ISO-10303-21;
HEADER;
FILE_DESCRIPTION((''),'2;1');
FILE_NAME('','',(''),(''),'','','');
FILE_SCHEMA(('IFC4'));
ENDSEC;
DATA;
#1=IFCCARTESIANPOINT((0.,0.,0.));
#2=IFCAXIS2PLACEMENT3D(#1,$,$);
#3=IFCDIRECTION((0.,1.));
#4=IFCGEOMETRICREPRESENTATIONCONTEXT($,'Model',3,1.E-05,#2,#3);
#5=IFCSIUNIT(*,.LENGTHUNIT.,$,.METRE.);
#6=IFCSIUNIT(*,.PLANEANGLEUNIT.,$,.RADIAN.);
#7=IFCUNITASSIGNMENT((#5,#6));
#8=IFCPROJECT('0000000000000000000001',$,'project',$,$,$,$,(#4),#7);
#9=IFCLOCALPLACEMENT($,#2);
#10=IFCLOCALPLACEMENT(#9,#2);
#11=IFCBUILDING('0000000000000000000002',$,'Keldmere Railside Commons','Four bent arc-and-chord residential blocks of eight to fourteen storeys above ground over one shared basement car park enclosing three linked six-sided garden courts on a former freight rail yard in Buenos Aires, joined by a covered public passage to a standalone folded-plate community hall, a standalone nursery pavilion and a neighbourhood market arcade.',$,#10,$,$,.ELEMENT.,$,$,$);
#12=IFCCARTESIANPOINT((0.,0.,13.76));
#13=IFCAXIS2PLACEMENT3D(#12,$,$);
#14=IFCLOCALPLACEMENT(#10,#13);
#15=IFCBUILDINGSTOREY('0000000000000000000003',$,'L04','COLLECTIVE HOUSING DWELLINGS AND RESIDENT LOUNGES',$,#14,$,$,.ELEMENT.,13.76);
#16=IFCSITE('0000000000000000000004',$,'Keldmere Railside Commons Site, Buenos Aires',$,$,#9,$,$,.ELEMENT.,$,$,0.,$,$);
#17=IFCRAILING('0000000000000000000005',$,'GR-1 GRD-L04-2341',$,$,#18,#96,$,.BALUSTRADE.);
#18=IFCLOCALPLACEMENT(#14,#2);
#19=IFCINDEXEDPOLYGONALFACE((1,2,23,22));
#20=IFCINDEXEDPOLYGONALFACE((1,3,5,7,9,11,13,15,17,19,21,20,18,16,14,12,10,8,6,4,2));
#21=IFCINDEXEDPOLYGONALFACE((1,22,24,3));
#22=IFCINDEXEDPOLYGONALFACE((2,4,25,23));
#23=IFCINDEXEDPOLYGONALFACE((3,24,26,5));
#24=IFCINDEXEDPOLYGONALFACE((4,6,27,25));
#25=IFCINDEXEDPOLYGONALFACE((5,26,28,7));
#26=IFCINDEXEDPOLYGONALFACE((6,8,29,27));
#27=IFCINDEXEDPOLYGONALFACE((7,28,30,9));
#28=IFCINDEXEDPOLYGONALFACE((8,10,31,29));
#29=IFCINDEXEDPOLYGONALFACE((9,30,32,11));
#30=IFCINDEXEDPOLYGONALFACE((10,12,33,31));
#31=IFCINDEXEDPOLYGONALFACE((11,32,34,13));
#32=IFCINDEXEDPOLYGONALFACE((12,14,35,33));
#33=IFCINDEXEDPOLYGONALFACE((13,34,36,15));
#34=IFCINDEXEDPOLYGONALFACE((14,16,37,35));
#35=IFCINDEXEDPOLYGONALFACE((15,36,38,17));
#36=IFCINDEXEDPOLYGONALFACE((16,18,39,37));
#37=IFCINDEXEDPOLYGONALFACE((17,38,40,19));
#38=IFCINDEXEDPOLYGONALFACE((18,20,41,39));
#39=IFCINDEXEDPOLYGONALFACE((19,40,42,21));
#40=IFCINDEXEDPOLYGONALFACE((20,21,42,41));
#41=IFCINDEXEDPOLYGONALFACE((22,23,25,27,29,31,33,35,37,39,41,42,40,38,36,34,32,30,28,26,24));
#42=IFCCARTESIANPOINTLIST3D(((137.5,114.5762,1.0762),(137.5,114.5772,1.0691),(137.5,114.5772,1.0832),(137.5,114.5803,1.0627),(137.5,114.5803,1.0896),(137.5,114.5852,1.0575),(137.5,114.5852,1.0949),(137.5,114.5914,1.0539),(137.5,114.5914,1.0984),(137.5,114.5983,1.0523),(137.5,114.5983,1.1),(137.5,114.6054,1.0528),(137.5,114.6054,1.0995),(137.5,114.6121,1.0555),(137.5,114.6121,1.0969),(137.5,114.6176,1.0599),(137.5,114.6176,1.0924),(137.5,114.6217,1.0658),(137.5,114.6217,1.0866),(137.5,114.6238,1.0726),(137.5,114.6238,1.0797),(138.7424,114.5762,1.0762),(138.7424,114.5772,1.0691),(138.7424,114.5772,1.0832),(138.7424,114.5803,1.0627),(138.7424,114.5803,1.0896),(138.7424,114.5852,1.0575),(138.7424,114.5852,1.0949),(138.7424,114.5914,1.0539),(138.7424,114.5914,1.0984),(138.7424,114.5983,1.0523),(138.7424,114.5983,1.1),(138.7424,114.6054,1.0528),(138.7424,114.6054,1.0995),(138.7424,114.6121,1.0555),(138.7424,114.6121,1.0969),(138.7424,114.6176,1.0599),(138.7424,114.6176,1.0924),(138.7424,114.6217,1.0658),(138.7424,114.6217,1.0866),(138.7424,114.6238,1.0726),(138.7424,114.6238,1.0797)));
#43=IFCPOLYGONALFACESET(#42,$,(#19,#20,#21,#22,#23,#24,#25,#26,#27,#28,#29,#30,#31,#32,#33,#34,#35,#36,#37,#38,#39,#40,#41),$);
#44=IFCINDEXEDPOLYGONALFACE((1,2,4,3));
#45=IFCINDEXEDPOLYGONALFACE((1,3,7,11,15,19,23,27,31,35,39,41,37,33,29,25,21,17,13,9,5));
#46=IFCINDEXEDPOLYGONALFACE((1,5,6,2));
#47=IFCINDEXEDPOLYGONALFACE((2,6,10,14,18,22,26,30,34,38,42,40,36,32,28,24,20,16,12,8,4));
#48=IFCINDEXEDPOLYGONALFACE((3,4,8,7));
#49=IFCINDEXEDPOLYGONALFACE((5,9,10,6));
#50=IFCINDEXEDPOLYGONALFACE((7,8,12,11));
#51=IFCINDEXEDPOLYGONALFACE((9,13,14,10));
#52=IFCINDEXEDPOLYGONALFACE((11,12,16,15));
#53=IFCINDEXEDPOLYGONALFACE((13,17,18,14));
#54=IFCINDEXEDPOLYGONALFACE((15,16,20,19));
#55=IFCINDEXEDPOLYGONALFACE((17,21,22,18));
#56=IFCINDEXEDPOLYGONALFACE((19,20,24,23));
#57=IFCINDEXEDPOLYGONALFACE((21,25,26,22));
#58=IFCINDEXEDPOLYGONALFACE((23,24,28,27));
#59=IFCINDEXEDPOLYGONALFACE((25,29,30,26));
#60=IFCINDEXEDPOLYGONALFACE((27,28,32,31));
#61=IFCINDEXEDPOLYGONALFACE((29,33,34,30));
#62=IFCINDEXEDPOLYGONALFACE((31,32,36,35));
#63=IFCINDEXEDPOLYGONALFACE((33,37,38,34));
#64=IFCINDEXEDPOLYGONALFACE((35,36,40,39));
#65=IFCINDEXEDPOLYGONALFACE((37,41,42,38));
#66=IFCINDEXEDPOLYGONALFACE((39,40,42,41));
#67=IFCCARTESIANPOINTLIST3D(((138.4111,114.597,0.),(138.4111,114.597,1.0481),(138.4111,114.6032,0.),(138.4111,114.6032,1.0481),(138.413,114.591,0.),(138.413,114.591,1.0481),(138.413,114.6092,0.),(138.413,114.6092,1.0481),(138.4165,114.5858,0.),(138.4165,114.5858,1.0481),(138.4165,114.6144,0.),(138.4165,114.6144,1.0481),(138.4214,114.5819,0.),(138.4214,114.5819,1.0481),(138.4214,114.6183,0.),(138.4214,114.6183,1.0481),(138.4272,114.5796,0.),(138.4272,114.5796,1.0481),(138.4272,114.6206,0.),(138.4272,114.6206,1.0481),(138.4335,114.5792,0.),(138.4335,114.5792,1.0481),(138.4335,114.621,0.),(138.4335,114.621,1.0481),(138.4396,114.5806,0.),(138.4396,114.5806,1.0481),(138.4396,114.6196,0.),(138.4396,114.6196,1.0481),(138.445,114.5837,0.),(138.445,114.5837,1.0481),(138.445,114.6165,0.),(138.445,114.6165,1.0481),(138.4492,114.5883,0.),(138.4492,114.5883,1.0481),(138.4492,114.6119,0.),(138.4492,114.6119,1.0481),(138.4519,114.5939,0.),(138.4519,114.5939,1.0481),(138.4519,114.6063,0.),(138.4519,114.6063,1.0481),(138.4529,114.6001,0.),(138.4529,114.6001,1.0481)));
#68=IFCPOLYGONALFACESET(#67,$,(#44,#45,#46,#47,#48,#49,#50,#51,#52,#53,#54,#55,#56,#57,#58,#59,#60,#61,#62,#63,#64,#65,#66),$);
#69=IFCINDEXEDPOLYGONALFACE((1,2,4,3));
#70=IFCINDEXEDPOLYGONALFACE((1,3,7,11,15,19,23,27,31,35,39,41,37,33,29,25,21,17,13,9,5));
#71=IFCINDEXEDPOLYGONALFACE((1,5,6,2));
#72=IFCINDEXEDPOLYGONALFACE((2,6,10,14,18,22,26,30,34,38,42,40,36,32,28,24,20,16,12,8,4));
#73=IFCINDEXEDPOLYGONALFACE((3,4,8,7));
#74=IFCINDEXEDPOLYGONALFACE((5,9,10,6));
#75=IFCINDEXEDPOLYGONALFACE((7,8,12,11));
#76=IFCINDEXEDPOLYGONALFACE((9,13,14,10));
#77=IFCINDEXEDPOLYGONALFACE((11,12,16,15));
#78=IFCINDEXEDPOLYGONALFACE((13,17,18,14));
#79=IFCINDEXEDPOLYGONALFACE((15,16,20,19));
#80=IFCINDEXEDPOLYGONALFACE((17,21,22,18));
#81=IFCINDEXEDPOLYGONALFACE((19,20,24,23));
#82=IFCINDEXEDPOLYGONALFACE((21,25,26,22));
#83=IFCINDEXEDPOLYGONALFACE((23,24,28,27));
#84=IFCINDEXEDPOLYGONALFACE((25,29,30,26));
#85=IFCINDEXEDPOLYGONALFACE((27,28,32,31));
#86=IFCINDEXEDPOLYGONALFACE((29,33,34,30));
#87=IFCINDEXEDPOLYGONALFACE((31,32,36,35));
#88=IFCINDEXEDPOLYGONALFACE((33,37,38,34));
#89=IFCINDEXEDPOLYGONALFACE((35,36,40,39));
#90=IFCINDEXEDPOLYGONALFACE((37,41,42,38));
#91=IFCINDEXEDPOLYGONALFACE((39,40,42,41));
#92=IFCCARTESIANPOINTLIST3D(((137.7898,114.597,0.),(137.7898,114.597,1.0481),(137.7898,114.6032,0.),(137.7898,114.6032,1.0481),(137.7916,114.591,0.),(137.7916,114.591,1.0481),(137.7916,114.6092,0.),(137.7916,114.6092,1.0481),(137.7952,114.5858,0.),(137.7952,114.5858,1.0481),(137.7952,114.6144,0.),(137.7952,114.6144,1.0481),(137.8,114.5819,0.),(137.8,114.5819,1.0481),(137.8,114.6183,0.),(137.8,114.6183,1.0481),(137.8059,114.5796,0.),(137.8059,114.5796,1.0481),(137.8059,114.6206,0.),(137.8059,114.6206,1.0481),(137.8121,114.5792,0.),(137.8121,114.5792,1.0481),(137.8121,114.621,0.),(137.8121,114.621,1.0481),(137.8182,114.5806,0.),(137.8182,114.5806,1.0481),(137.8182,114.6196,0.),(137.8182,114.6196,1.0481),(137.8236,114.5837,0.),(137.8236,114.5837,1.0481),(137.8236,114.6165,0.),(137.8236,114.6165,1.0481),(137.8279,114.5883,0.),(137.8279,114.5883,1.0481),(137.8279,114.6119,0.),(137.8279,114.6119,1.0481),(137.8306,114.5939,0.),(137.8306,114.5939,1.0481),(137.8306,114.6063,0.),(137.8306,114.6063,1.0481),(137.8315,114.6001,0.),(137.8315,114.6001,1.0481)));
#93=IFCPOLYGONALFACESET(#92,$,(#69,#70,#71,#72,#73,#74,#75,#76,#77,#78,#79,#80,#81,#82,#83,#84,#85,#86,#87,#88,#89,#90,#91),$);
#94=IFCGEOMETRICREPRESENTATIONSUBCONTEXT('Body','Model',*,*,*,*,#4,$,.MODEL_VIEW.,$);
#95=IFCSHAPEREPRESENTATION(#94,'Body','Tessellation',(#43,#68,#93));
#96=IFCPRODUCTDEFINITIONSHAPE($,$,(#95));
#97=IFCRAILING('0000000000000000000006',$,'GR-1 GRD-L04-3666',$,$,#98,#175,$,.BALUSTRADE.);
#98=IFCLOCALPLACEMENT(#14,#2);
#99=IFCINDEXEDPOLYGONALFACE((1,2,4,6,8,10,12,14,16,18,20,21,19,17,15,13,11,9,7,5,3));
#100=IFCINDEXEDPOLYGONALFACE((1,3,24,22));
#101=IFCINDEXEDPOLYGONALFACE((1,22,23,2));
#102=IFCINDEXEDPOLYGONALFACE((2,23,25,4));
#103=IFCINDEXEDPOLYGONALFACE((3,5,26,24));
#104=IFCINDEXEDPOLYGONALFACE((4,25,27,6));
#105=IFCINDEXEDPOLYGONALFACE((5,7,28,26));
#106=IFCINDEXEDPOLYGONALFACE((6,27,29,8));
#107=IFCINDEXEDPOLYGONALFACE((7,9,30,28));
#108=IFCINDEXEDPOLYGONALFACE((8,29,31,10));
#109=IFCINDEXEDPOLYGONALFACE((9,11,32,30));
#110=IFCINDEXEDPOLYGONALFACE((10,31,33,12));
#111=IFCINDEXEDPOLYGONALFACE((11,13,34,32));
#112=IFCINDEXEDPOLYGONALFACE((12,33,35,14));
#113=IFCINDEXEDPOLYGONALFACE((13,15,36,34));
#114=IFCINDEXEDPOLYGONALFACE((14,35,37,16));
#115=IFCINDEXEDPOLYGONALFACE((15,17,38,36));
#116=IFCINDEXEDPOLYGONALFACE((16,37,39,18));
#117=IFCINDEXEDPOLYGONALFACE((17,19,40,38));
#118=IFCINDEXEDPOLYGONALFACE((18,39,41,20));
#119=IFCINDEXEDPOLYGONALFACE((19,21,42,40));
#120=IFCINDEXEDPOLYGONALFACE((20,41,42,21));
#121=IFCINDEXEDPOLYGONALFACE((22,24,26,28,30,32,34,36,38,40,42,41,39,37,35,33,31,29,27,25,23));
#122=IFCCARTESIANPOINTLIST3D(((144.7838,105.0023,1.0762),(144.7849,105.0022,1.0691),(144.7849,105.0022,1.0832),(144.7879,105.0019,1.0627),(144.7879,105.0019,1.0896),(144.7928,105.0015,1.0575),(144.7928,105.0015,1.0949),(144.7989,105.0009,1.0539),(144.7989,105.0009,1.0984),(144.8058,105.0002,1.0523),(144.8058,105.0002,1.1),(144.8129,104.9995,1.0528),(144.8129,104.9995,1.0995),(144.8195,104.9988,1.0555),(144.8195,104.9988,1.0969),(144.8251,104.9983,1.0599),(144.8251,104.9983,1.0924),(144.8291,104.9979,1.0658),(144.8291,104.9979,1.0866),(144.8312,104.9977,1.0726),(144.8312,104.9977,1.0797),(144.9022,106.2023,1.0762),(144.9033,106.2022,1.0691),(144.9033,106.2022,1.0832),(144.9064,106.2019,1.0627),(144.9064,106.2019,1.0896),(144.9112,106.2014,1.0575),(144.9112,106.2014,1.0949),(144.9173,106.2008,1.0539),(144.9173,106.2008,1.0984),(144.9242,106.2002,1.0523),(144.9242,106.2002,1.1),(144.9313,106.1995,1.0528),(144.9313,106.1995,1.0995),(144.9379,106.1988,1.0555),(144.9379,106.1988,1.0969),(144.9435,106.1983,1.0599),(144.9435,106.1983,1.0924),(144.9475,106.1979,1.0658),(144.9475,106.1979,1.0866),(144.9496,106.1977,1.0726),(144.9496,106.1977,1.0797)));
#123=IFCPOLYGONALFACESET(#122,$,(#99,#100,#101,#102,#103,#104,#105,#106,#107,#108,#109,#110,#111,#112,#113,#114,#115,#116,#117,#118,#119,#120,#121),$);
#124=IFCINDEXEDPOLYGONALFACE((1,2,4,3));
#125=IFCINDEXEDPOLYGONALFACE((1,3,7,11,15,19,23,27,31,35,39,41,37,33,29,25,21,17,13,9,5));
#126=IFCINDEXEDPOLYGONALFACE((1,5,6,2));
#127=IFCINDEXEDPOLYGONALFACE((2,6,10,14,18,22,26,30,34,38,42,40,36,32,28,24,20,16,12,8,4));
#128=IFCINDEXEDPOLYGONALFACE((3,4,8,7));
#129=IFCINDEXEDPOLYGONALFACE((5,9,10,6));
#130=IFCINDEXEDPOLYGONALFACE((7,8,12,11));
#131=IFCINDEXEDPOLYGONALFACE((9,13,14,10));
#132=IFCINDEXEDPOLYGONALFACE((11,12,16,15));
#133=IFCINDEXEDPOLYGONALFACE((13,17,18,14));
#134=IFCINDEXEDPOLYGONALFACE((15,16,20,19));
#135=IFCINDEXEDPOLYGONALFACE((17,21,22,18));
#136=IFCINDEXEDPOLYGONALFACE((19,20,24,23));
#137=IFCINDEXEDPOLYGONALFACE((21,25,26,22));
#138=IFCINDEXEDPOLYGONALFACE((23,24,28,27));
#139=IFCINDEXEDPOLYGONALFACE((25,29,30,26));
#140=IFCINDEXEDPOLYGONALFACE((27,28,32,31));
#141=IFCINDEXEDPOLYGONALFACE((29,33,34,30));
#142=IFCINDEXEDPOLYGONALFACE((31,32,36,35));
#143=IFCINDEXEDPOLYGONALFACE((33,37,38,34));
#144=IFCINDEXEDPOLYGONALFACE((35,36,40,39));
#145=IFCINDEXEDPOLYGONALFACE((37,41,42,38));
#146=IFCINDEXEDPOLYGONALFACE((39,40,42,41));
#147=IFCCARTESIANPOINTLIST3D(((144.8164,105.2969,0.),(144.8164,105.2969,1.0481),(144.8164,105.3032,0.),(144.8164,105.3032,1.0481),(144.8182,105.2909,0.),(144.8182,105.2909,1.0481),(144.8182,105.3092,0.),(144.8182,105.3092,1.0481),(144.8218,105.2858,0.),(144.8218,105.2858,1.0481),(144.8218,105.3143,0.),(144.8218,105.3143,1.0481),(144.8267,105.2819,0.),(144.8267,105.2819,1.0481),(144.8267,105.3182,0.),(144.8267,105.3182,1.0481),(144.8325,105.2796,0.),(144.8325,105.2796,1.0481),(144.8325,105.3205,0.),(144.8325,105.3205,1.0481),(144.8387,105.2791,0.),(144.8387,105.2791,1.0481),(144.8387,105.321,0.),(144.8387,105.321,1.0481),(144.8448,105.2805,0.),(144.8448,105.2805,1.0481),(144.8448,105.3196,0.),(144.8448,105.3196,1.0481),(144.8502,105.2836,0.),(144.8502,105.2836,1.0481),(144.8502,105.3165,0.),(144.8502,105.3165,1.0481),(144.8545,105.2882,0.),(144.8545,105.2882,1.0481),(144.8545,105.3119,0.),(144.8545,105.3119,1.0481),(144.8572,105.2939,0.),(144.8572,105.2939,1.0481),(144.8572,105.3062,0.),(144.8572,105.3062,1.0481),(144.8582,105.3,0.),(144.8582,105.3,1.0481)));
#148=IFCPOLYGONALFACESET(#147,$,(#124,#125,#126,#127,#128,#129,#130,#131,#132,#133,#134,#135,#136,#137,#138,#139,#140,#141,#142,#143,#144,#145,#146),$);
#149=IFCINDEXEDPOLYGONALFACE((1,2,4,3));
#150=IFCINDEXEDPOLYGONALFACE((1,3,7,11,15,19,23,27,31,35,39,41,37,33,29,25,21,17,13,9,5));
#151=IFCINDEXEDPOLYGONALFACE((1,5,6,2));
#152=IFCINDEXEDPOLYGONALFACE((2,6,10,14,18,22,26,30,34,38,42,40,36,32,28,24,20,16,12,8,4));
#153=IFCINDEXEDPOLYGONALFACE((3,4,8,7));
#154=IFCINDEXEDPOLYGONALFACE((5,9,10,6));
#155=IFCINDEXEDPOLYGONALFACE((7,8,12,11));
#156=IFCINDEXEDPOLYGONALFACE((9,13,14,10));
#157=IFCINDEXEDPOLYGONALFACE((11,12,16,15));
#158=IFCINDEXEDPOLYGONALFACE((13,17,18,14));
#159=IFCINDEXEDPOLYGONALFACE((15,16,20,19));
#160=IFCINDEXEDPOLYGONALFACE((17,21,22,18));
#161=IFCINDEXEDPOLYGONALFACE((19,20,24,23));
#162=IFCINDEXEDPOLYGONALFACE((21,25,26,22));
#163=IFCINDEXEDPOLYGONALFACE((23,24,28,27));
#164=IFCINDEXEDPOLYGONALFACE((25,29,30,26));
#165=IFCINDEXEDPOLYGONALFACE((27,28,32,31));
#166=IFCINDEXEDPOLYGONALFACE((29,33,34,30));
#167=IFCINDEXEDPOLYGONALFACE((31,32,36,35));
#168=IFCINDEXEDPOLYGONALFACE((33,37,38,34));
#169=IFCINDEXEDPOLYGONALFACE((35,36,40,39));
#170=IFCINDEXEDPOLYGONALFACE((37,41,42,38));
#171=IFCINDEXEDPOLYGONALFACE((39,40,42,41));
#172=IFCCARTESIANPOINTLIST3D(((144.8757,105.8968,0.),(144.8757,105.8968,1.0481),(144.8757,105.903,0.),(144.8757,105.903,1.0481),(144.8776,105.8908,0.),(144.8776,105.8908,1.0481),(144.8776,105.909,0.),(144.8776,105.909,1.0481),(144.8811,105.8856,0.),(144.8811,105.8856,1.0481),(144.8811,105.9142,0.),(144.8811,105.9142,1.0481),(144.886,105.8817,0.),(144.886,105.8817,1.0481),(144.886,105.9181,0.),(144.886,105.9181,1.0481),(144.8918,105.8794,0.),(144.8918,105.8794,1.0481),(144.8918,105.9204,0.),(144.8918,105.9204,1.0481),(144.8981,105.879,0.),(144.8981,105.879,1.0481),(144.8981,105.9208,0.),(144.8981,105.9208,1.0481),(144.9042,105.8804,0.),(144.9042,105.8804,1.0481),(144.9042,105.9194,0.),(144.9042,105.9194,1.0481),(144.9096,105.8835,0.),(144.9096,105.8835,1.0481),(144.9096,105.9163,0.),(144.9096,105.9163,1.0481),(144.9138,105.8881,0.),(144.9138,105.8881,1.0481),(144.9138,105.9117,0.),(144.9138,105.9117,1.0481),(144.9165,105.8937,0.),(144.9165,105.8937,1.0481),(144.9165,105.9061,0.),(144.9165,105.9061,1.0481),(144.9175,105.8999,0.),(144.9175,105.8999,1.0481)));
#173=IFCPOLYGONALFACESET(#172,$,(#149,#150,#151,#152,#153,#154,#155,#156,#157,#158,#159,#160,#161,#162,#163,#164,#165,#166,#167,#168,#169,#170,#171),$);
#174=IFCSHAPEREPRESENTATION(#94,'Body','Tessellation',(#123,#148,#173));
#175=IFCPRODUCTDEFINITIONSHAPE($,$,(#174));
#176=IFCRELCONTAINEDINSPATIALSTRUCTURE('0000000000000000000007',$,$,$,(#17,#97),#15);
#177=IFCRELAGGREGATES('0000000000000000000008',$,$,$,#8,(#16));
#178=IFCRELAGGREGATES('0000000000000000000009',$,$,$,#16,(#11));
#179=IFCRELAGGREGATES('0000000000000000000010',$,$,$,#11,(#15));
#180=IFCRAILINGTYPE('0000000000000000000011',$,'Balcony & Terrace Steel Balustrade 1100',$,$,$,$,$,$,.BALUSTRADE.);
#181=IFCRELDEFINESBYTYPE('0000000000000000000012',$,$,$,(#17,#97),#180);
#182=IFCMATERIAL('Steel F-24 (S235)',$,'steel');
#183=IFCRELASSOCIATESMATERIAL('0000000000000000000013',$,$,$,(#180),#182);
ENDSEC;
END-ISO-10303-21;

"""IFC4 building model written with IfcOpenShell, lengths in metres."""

from ifc_helpers import new_model, si_unit, direction, frame, origin, origin_2d, place, context, subcontext, project, spatial, circle, extrude, material, type_object, element, save


model = new_model("IFC4")

# Units and contexts
model_context = context("Model", 3, precision=1e-05, world=origin(), true_north=direction((0.0, 1.0)))
body_context = subcontext(model_context, "Body", "Model", "MODEL_VIEW")
ifc_project = project(units=[si_unit("LENGTHUNIT", "METRE"), si_unit("PLANEANGLEUNIT", "RADIAN")], contexts=[model_context])

# Site, building, storey
site_placement = place(None, origin())
site = spatial("IfcSite", under=ifc_project, at=site_placement, Name="Keldmere Railside Commons Site, Buenos Aires", CompositionType="ELEMENT", RefElevation=0.0)
building_placement = place(site_placement, origin())
building = spatial("IfcBuilding", under=site, at=building_placement, Name="Keldmere Railside Commons", Description="Four bent arc-and-chord residential blocks of eight to fourteen storeys above ground over one shared basement car park enclosing three linked six-sided garden courts on a former freight rail yard in Buenos Aires, joined by a covered public passage to a standalone folded-plate community hall, a standalone nursery pavilion and a neighbourhood market arcade.", CompositionType="ELEMENT")
storey_placement = place(building_placement, frame((0.0, 0.0, 13.76)))
storey = spatial("IfcBuildingStorey", under=building, at=storey_placement, Name="L04", Description="COLLECTIVE HOUSING DWELLINGS AND RESIDENT LOUNGES", CompositionType="ELEMENT", Elevation=13.76)

# Shared definitions
ifc_material_1 = material(Name="Steel F-24 (S235)", Category="steel")

# Railings
railing_type = type_object("IfcRailingType", Name="Balcony & Terrace Steel Balustrade 1100", PredefinedType="BALUSTRADE", material=ifc_material_1)
railing_1_placement = place(storey_placement, frame((138.7424, 114.6001, 0.0)))
element("IfcRailing", 1, at=railing_1_placement, inside=storey, type_object=railing_type, Name="GR-1 GRD-L04-2341", PredefinedType="BALUSTRADE", context=body_context, shape_type="SweptSolid", body=[
    extrude(circle(Radius=0.0239, at=origin_2d()), frame((0.0, 0.0, 1.0762), z_axis=(-1.0, 0.0, 0.0), x_axis=(0.0, -1.0, 0.0)), (0.0, 0.0, 1.0), 1.2424),
    extrude(circle(Radius=0.021, at=origin_2d()), frame((-0.3105, 0.0, 0.0)), (0.0, 0.0, 1.0), 1.0481),
    extrude(circle(Radius=0.021, at=origin_2d()), frame((-0.9319, 0.0, 0.0)), (0.0, 0.0, 1.0), 1.0481),
])
railing_2_placement = place(storey_placement, frame((144.8076, 105.0, 0.0)))
element("IfcRailing", 2, at=railing_2_placement, inside=storey, type_object=railing_type, Name="GR-1 GRD-L04-3666", PredefinedType="BALUSTRADE", context=body_context, shape_type="SweptSolid", body=[
    extrude(circle(Radius=0.0239, at=origin_2d()), frame((0.0, 0.0, 1.0762), z_axis=(0.098201, 0.995167, 0.0), x_axis=(-0.995167, 0.098201, 0.0)), (0.0, 0.0, 1.0), 1.2058),
    extrude(circle(Radius=0.021, at=origin_2d()), frame((0.0295, 0.3, 0.0)), (0.0, 0.0, 1.0), 1.0481),
    extrude(circle(Radius=0.021, at=origin_2d()), frame((0.0889, 0.8999, 0.0)), (0.0, 0.0, 1.0), 1.0481),
])

save(model, "model.ifc")
